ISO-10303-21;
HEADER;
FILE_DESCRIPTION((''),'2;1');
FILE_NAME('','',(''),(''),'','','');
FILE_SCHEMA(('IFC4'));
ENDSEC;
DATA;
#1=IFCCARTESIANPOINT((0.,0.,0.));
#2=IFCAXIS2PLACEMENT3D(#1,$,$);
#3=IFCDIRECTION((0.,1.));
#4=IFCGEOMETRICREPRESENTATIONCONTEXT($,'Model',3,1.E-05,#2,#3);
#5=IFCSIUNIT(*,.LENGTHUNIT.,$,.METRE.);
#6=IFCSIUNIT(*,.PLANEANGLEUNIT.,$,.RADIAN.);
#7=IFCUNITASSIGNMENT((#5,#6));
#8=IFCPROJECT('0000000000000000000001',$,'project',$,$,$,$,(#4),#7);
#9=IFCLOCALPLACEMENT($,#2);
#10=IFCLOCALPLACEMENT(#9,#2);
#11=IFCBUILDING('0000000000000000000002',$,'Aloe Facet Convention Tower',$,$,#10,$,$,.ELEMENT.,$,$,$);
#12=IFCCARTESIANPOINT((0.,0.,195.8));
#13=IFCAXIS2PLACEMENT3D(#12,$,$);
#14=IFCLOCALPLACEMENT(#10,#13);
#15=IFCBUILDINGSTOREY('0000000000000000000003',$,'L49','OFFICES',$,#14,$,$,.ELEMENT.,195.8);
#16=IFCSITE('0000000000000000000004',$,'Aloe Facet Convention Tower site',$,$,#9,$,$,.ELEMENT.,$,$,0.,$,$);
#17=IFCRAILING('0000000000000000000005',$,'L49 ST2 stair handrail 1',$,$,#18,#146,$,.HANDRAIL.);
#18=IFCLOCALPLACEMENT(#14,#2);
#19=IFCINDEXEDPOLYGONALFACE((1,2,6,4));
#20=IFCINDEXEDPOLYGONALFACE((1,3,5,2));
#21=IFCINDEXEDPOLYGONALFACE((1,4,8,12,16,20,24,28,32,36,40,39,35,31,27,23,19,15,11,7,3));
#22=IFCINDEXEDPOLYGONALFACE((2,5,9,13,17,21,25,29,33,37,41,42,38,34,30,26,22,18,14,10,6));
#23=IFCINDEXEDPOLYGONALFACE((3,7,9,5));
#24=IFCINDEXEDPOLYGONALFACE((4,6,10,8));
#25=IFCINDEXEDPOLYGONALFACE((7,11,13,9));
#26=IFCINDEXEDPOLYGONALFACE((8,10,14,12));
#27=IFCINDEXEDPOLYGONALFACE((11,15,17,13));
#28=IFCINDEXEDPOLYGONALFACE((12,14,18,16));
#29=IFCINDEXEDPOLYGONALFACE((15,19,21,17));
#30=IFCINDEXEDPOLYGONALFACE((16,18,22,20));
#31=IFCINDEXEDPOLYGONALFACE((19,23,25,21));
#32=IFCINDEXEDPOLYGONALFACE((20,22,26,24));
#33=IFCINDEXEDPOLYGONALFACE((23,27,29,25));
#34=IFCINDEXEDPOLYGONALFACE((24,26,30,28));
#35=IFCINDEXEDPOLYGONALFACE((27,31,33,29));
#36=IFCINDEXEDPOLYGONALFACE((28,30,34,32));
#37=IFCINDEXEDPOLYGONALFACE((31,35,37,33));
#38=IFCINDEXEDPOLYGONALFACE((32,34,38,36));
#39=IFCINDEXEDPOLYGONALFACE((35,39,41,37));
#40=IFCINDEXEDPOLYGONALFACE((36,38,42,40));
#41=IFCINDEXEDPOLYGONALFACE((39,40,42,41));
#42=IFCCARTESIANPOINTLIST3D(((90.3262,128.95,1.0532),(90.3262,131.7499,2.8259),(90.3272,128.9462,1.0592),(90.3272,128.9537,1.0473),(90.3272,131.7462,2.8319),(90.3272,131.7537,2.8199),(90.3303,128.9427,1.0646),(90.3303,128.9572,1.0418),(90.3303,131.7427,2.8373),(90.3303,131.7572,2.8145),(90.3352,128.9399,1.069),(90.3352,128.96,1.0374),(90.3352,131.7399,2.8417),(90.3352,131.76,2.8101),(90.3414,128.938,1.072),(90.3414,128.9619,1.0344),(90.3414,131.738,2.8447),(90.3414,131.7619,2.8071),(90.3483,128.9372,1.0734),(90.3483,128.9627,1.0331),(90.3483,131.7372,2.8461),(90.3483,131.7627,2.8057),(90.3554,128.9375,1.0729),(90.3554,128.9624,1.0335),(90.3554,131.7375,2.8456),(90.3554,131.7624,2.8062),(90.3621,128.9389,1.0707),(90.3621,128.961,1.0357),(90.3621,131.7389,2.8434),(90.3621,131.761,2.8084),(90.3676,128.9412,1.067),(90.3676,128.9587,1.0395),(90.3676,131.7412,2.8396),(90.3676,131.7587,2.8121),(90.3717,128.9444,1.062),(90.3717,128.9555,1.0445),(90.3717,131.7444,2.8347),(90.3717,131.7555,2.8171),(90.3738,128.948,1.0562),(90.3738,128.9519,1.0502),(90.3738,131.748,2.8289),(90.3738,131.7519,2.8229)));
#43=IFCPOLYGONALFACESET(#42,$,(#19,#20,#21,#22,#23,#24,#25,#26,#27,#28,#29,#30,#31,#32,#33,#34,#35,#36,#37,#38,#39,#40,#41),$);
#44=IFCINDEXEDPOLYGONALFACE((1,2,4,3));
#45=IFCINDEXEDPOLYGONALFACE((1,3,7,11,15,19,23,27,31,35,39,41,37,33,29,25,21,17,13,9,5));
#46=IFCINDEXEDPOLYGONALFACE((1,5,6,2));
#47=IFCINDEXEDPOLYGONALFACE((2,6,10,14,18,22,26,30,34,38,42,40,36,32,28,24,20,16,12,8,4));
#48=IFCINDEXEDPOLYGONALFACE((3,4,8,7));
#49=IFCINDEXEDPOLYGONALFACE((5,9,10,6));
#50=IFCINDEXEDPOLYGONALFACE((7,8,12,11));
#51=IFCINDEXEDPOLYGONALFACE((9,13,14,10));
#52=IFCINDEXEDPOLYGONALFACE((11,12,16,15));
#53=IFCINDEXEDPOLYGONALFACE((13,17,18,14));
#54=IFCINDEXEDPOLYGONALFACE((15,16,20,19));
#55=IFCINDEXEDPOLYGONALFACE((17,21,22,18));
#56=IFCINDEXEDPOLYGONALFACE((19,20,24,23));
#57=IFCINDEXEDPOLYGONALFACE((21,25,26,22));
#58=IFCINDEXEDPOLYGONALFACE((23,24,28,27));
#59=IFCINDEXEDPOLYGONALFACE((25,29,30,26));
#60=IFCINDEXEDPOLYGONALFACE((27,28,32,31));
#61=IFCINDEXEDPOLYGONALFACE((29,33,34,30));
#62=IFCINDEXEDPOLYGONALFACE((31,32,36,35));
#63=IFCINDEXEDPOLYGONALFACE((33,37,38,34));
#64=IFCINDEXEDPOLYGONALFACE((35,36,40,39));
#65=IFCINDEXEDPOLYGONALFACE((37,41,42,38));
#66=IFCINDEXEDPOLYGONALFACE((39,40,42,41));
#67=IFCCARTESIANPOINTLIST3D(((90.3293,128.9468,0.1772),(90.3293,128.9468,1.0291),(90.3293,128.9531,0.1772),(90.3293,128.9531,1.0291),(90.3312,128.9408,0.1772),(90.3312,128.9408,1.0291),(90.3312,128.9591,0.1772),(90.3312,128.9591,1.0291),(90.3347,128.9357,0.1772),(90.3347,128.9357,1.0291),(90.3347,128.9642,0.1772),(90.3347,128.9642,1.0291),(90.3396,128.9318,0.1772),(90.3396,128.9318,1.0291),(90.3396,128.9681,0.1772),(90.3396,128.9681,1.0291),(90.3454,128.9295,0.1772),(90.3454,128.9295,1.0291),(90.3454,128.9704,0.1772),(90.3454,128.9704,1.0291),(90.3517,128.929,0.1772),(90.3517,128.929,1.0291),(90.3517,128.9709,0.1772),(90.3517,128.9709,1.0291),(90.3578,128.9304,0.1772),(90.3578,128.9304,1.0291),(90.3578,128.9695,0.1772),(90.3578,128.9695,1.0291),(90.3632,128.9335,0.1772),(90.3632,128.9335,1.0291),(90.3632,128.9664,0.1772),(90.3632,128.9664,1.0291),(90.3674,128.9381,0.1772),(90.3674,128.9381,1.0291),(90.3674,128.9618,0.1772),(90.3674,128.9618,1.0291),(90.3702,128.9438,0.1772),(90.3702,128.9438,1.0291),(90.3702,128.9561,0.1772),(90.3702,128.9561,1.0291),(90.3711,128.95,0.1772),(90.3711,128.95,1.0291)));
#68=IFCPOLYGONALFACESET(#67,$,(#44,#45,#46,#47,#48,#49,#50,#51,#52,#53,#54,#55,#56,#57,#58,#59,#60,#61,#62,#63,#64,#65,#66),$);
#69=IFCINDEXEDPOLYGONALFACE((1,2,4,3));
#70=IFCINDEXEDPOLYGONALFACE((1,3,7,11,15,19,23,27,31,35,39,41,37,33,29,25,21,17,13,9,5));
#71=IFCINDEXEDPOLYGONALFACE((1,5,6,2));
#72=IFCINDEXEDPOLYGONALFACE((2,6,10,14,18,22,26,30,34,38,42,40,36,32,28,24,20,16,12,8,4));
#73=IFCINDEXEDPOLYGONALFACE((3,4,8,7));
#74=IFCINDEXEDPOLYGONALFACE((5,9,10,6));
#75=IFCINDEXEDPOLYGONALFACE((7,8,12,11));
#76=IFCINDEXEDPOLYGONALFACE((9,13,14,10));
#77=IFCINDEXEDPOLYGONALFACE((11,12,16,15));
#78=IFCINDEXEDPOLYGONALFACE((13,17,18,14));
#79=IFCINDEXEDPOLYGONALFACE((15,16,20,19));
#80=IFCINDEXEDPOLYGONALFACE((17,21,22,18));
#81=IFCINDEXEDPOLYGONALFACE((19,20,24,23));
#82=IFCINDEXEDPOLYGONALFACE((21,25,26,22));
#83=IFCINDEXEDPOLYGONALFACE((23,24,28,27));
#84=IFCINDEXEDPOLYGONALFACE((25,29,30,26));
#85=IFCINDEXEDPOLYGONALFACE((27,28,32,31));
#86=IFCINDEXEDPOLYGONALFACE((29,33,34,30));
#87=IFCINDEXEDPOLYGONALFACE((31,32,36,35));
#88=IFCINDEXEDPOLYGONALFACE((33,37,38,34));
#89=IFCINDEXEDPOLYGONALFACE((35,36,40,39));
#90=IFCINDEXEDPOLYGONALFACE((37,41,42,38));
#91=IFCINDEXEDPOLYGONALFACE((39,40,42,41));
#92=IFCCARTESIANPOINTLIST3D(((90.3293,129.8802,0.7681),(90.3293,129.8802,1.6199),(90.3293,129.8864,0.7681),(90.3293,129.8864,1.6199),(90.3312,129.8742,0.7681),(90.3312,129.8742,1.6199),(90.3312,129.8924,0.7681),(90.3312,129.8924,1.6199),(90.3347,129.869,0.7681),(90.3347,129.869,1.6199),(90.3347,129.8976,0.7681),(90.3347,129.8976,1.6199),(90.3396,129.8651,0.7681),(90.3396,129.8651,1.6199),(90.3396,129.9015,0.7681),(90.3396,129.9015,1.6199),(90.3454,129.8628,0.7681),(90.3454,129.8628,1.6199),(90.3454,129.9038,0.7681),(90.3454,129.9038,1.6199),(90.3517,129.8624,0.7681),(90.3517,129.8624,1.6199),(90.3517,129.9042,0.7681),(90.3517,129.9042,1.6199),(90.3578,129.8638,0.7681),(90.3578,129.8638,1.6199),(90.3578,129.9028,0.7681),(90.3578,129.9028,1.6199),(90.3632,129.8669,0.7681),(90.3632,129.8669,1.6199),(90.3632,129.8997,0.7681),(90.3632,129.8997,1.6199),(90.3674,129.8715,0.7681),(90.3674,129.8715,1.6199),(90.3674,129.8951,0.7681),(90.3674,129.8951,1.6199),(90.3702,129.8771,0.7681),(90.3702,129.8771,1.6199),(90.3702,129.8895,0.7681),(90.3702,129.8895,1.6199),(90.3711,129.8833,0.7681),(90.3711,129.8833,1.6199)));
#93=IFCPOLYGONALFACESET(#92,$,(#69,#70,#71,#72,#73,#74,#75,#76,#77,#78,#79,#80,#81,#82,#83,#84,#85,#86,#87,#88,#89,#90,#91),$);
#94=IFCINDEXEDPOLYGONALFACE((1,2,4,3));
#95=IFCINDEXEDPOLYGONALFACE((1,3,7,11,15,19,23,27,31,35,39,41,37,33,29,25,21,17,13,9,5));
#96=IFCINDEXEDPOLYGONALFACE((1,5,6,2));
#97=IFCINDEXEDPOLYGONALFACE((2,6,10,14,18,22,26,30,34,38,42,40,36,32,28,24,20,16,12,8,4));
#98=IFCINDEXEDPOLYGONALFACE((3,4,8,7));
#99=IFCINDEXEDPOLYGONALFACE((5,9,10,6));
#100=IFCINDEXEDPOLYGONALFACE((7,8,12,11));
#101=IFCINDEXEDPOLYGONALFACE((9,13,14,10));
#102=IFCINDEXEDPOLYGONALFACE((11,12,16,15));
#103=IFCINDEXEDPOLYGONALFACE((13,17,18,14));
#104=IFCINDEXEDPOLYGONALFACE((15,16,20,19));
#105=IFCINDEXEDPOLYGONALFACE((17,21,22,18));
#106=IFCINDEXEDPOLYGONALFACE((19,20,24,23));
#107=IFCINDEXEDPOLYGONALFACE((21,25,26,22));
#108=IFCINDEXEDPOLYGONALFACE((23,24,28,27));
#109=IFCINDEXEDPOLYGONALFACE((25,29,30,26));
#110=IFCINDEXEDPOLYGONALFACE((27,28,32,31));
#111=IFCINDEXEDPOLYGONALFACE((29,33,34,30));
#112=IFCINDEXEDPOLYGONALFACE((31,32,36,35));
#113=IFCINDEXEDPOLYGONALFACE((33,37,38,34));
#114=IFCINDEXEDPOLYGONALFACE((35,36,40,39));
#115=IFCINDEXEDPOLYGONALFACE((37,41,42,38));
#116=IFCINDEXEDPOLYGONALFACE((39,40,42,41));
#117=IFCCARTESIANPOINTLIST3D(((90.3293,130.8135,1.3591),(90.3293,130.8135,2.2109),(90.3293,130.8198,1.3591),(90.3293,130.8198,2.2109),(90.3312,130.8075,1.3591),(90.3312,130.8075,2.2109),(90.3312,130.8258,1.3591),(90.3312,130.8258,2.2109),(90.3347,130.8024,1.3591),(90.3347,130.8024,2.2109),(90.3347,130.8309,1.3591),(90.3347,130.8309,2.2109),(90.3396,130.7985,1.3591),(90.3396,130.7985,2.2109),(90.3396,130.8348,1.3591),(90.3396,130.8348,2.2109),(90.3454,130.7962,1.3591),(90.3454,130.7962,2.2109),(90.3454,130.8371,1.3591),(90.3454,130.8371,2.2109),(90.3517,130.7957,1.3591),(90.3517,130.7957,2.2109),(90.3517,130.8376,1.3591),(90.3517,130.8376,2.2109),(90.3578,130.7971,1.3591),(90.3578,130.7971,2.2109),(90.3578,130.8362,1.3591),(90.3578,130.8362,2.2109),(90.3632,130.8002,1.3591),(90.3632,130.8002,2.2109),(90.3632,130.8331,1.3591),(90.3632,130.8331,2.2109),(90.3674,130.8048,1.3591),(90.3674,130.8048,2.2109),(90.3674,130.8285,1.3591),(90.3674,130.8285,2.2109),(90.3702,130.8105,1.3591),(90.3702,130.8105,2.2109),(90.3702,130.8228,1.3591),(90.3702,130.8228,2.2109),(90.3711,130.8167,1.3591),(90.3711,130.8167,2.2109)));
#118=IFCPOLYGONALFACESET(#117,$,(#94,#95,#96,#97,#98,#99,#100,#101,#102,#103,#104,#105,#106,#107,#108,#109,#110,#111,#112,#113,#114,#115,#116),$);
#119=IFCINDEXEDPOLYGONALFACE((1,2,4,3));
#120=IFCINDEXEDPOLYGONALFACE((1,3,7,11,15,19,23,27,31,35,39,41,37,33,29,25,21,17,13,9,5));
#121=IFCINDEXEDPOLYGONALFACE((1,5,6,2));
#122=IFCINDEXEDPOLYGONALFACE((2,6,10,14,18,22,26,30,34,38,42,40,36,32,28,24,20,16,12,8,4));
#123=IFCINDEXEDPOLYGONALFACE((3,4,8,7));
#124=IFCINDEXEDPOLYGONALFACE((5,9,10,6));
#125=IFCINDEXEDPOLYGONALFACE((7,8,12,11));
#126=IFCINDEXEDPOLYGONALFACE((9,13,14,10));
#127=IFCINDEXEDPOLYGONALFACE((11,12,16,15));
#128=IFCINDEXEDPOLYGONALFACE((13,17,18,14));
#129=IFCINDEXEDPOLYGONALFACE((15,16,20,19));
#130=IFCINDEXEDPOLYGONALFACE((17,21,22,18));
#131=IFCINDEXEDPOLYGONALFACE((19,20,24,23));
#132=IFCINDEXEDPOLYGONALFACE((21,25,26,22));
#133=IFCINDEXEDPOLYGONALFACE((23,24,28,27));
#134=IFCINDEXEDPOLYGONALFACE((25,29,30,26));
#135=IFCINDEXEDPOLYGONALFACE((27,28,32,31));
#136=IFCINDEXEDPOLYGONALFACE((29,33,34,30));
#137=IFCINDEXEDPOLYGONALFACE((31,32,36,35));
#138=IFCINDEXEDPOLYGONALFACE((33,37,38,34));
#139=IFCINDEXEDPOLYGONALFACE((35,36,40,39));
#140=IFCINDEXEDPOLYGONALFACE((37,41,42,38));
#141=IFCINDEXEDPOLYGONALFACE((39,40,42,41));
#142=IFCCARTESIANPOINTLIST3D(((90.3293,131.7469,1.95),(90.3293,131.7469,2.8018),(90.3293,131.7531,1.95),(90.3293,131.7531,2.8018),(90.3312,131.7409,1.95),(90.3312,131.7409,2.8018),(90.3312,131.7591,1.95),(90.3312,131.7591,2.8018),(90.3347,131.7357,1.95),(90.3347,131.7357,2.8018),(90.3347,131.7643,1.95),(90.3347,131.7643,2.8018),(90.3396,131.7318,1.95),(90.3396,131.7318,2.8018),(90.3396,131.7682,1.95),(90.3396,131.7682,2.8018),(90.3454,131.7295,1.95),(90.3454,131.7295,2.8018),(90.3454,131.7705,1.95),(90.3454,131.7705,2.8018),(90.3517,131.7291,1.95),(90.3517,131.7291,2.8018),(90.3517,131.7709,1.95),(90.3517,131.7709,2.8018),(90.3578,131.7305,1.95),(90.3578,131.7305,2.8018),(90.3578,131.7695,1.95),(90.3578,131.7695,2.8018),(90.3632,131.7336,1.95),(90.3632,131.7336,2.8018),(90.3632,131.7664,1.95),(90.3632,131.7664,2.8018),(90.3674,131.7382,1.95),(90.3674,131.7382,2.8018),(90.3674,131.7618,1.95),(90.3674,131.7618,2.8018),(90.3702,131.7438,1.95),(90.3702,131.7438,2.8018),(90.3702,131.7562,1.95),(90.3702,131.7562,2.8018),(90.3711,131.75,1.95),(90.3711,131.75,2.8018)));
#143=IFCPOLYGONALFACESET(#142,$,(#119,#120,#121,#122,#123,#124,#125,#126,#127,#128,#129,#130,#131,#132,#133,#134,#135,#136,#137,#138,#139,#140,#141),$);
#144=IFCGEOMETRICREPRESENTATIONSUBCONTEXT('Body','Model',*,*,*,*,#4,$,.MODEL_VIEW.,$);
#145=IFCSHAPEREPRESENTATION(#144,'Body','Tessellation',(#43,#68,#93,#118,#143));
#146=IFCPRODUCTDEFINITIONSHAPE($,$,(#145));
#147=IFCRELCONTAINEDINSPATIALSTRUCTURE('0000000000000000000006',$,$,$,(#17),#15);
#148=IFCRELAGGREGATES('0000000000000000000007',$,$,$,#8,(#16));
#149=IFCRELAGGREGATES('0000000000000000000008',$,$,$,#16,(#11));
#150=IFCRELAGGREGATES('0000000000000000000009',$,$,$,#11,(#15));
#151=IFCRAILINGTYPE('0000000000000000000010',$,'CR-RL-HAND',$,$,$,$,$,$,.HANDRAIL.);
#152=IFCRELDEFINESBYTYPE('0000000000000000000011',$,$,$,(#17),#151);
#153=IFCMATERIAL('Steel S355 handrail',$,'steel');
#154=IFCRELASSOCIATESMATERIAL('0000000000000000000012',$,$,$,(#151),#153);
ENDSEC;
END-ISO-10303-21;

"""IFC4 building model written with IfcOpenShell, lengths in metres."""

from ifc_helpers import new_model, si_unit, direction, frame, origin, origin_2d, place, context, subcontext, project, spatial, circle, extrude, material, type_object, element, save


model = new_model("IFC4")

# Units and contexts
model_context = context("Model", 3, precision=1e-05, world=origin(), true_north=direction((0.0, 1.0)))
body_context = subcontext(model_context, "Body", "Model", "MODEL_VIEW")
ifc_project = project(units=[si_unit("LENGTHUNIT", "METRE"), si_unit("PLANEANGLEUNIT", "RADIAN")], contexts=[model_context])

# Site, building, storey
site_placement = place(None, origin())
site = spatial("IfcSite", under=ifc_project, at=site_placement, Name="Aloe Facet Convention Tower site", CompositionType="ELEMENT", RefElevation=0.0)
building_placement = place(site_placement, origin())
building = spatial("IfcBuilding", under=site, at=building_placement, Name="Aloe Facet Convention Tower", CompositionType="ELEMENT")
storey_placement = place(building_placement, frame((0.0, 0.0, 195.8)))
storey = spatial("IfcBuildingStorey", under=building, at=storey_placement, Name="L49", Description="OFFICES", CompositionType="ELEMENT", Elevation=195.8)

# Railing
ifc_material_1 = material(Name="Steel S355 handrail", Category="steel")
railing_type_1 = type_object("IfcRailingType", Name="CR-RL-HAND", PredefinedType="HANDRAIL", material=ifc_material_1)
railing_1_placement = place(storey_placement, frame((90.3501, 128.95, 0.1772)))
element("IfcRailing", 1, at=railing_1_placement, inside=storey, type_object=railing_type_1, Name="L49 ST2 stair handrail 1", PredefinedType="HANDRAIL", context=body_context, shape_type="SweptSolid", body=[
    extrude(circle(Radius=0.0239, at=origin_2d()), frame((0.0, 0.0, 0.876), z_axis=(0.0, 0.844909, 0.53491), x_axis=(-1.0, 0.0, 0.0)), (0.0, 0.0, 1.0), 3.314),
    extrude(circle(Radius=0.021, at=origin_2d()), origin(), (0.0, 0.0, 1.0), 0.8518),
    extrude(circle(Radius=0.021, at=origin_2d()), frame((0.0, 0.9333, 0.5908)), (0.0, 0.0, 1.0), 0.8518),
    extrude(circle(Radius=0.021, at=origin_2d()), frame((0.0, 1.8667, 1.1819)), (0.0, 0.0, 1.0), 0.8518),
    extrude(circle(Radius=0.021, at=origin_2d()), frame((0.0, 2.8, 1.7727)), (0.0, 0.0, 1.0), 0.8518),
])

save(model, "model.ifc")
